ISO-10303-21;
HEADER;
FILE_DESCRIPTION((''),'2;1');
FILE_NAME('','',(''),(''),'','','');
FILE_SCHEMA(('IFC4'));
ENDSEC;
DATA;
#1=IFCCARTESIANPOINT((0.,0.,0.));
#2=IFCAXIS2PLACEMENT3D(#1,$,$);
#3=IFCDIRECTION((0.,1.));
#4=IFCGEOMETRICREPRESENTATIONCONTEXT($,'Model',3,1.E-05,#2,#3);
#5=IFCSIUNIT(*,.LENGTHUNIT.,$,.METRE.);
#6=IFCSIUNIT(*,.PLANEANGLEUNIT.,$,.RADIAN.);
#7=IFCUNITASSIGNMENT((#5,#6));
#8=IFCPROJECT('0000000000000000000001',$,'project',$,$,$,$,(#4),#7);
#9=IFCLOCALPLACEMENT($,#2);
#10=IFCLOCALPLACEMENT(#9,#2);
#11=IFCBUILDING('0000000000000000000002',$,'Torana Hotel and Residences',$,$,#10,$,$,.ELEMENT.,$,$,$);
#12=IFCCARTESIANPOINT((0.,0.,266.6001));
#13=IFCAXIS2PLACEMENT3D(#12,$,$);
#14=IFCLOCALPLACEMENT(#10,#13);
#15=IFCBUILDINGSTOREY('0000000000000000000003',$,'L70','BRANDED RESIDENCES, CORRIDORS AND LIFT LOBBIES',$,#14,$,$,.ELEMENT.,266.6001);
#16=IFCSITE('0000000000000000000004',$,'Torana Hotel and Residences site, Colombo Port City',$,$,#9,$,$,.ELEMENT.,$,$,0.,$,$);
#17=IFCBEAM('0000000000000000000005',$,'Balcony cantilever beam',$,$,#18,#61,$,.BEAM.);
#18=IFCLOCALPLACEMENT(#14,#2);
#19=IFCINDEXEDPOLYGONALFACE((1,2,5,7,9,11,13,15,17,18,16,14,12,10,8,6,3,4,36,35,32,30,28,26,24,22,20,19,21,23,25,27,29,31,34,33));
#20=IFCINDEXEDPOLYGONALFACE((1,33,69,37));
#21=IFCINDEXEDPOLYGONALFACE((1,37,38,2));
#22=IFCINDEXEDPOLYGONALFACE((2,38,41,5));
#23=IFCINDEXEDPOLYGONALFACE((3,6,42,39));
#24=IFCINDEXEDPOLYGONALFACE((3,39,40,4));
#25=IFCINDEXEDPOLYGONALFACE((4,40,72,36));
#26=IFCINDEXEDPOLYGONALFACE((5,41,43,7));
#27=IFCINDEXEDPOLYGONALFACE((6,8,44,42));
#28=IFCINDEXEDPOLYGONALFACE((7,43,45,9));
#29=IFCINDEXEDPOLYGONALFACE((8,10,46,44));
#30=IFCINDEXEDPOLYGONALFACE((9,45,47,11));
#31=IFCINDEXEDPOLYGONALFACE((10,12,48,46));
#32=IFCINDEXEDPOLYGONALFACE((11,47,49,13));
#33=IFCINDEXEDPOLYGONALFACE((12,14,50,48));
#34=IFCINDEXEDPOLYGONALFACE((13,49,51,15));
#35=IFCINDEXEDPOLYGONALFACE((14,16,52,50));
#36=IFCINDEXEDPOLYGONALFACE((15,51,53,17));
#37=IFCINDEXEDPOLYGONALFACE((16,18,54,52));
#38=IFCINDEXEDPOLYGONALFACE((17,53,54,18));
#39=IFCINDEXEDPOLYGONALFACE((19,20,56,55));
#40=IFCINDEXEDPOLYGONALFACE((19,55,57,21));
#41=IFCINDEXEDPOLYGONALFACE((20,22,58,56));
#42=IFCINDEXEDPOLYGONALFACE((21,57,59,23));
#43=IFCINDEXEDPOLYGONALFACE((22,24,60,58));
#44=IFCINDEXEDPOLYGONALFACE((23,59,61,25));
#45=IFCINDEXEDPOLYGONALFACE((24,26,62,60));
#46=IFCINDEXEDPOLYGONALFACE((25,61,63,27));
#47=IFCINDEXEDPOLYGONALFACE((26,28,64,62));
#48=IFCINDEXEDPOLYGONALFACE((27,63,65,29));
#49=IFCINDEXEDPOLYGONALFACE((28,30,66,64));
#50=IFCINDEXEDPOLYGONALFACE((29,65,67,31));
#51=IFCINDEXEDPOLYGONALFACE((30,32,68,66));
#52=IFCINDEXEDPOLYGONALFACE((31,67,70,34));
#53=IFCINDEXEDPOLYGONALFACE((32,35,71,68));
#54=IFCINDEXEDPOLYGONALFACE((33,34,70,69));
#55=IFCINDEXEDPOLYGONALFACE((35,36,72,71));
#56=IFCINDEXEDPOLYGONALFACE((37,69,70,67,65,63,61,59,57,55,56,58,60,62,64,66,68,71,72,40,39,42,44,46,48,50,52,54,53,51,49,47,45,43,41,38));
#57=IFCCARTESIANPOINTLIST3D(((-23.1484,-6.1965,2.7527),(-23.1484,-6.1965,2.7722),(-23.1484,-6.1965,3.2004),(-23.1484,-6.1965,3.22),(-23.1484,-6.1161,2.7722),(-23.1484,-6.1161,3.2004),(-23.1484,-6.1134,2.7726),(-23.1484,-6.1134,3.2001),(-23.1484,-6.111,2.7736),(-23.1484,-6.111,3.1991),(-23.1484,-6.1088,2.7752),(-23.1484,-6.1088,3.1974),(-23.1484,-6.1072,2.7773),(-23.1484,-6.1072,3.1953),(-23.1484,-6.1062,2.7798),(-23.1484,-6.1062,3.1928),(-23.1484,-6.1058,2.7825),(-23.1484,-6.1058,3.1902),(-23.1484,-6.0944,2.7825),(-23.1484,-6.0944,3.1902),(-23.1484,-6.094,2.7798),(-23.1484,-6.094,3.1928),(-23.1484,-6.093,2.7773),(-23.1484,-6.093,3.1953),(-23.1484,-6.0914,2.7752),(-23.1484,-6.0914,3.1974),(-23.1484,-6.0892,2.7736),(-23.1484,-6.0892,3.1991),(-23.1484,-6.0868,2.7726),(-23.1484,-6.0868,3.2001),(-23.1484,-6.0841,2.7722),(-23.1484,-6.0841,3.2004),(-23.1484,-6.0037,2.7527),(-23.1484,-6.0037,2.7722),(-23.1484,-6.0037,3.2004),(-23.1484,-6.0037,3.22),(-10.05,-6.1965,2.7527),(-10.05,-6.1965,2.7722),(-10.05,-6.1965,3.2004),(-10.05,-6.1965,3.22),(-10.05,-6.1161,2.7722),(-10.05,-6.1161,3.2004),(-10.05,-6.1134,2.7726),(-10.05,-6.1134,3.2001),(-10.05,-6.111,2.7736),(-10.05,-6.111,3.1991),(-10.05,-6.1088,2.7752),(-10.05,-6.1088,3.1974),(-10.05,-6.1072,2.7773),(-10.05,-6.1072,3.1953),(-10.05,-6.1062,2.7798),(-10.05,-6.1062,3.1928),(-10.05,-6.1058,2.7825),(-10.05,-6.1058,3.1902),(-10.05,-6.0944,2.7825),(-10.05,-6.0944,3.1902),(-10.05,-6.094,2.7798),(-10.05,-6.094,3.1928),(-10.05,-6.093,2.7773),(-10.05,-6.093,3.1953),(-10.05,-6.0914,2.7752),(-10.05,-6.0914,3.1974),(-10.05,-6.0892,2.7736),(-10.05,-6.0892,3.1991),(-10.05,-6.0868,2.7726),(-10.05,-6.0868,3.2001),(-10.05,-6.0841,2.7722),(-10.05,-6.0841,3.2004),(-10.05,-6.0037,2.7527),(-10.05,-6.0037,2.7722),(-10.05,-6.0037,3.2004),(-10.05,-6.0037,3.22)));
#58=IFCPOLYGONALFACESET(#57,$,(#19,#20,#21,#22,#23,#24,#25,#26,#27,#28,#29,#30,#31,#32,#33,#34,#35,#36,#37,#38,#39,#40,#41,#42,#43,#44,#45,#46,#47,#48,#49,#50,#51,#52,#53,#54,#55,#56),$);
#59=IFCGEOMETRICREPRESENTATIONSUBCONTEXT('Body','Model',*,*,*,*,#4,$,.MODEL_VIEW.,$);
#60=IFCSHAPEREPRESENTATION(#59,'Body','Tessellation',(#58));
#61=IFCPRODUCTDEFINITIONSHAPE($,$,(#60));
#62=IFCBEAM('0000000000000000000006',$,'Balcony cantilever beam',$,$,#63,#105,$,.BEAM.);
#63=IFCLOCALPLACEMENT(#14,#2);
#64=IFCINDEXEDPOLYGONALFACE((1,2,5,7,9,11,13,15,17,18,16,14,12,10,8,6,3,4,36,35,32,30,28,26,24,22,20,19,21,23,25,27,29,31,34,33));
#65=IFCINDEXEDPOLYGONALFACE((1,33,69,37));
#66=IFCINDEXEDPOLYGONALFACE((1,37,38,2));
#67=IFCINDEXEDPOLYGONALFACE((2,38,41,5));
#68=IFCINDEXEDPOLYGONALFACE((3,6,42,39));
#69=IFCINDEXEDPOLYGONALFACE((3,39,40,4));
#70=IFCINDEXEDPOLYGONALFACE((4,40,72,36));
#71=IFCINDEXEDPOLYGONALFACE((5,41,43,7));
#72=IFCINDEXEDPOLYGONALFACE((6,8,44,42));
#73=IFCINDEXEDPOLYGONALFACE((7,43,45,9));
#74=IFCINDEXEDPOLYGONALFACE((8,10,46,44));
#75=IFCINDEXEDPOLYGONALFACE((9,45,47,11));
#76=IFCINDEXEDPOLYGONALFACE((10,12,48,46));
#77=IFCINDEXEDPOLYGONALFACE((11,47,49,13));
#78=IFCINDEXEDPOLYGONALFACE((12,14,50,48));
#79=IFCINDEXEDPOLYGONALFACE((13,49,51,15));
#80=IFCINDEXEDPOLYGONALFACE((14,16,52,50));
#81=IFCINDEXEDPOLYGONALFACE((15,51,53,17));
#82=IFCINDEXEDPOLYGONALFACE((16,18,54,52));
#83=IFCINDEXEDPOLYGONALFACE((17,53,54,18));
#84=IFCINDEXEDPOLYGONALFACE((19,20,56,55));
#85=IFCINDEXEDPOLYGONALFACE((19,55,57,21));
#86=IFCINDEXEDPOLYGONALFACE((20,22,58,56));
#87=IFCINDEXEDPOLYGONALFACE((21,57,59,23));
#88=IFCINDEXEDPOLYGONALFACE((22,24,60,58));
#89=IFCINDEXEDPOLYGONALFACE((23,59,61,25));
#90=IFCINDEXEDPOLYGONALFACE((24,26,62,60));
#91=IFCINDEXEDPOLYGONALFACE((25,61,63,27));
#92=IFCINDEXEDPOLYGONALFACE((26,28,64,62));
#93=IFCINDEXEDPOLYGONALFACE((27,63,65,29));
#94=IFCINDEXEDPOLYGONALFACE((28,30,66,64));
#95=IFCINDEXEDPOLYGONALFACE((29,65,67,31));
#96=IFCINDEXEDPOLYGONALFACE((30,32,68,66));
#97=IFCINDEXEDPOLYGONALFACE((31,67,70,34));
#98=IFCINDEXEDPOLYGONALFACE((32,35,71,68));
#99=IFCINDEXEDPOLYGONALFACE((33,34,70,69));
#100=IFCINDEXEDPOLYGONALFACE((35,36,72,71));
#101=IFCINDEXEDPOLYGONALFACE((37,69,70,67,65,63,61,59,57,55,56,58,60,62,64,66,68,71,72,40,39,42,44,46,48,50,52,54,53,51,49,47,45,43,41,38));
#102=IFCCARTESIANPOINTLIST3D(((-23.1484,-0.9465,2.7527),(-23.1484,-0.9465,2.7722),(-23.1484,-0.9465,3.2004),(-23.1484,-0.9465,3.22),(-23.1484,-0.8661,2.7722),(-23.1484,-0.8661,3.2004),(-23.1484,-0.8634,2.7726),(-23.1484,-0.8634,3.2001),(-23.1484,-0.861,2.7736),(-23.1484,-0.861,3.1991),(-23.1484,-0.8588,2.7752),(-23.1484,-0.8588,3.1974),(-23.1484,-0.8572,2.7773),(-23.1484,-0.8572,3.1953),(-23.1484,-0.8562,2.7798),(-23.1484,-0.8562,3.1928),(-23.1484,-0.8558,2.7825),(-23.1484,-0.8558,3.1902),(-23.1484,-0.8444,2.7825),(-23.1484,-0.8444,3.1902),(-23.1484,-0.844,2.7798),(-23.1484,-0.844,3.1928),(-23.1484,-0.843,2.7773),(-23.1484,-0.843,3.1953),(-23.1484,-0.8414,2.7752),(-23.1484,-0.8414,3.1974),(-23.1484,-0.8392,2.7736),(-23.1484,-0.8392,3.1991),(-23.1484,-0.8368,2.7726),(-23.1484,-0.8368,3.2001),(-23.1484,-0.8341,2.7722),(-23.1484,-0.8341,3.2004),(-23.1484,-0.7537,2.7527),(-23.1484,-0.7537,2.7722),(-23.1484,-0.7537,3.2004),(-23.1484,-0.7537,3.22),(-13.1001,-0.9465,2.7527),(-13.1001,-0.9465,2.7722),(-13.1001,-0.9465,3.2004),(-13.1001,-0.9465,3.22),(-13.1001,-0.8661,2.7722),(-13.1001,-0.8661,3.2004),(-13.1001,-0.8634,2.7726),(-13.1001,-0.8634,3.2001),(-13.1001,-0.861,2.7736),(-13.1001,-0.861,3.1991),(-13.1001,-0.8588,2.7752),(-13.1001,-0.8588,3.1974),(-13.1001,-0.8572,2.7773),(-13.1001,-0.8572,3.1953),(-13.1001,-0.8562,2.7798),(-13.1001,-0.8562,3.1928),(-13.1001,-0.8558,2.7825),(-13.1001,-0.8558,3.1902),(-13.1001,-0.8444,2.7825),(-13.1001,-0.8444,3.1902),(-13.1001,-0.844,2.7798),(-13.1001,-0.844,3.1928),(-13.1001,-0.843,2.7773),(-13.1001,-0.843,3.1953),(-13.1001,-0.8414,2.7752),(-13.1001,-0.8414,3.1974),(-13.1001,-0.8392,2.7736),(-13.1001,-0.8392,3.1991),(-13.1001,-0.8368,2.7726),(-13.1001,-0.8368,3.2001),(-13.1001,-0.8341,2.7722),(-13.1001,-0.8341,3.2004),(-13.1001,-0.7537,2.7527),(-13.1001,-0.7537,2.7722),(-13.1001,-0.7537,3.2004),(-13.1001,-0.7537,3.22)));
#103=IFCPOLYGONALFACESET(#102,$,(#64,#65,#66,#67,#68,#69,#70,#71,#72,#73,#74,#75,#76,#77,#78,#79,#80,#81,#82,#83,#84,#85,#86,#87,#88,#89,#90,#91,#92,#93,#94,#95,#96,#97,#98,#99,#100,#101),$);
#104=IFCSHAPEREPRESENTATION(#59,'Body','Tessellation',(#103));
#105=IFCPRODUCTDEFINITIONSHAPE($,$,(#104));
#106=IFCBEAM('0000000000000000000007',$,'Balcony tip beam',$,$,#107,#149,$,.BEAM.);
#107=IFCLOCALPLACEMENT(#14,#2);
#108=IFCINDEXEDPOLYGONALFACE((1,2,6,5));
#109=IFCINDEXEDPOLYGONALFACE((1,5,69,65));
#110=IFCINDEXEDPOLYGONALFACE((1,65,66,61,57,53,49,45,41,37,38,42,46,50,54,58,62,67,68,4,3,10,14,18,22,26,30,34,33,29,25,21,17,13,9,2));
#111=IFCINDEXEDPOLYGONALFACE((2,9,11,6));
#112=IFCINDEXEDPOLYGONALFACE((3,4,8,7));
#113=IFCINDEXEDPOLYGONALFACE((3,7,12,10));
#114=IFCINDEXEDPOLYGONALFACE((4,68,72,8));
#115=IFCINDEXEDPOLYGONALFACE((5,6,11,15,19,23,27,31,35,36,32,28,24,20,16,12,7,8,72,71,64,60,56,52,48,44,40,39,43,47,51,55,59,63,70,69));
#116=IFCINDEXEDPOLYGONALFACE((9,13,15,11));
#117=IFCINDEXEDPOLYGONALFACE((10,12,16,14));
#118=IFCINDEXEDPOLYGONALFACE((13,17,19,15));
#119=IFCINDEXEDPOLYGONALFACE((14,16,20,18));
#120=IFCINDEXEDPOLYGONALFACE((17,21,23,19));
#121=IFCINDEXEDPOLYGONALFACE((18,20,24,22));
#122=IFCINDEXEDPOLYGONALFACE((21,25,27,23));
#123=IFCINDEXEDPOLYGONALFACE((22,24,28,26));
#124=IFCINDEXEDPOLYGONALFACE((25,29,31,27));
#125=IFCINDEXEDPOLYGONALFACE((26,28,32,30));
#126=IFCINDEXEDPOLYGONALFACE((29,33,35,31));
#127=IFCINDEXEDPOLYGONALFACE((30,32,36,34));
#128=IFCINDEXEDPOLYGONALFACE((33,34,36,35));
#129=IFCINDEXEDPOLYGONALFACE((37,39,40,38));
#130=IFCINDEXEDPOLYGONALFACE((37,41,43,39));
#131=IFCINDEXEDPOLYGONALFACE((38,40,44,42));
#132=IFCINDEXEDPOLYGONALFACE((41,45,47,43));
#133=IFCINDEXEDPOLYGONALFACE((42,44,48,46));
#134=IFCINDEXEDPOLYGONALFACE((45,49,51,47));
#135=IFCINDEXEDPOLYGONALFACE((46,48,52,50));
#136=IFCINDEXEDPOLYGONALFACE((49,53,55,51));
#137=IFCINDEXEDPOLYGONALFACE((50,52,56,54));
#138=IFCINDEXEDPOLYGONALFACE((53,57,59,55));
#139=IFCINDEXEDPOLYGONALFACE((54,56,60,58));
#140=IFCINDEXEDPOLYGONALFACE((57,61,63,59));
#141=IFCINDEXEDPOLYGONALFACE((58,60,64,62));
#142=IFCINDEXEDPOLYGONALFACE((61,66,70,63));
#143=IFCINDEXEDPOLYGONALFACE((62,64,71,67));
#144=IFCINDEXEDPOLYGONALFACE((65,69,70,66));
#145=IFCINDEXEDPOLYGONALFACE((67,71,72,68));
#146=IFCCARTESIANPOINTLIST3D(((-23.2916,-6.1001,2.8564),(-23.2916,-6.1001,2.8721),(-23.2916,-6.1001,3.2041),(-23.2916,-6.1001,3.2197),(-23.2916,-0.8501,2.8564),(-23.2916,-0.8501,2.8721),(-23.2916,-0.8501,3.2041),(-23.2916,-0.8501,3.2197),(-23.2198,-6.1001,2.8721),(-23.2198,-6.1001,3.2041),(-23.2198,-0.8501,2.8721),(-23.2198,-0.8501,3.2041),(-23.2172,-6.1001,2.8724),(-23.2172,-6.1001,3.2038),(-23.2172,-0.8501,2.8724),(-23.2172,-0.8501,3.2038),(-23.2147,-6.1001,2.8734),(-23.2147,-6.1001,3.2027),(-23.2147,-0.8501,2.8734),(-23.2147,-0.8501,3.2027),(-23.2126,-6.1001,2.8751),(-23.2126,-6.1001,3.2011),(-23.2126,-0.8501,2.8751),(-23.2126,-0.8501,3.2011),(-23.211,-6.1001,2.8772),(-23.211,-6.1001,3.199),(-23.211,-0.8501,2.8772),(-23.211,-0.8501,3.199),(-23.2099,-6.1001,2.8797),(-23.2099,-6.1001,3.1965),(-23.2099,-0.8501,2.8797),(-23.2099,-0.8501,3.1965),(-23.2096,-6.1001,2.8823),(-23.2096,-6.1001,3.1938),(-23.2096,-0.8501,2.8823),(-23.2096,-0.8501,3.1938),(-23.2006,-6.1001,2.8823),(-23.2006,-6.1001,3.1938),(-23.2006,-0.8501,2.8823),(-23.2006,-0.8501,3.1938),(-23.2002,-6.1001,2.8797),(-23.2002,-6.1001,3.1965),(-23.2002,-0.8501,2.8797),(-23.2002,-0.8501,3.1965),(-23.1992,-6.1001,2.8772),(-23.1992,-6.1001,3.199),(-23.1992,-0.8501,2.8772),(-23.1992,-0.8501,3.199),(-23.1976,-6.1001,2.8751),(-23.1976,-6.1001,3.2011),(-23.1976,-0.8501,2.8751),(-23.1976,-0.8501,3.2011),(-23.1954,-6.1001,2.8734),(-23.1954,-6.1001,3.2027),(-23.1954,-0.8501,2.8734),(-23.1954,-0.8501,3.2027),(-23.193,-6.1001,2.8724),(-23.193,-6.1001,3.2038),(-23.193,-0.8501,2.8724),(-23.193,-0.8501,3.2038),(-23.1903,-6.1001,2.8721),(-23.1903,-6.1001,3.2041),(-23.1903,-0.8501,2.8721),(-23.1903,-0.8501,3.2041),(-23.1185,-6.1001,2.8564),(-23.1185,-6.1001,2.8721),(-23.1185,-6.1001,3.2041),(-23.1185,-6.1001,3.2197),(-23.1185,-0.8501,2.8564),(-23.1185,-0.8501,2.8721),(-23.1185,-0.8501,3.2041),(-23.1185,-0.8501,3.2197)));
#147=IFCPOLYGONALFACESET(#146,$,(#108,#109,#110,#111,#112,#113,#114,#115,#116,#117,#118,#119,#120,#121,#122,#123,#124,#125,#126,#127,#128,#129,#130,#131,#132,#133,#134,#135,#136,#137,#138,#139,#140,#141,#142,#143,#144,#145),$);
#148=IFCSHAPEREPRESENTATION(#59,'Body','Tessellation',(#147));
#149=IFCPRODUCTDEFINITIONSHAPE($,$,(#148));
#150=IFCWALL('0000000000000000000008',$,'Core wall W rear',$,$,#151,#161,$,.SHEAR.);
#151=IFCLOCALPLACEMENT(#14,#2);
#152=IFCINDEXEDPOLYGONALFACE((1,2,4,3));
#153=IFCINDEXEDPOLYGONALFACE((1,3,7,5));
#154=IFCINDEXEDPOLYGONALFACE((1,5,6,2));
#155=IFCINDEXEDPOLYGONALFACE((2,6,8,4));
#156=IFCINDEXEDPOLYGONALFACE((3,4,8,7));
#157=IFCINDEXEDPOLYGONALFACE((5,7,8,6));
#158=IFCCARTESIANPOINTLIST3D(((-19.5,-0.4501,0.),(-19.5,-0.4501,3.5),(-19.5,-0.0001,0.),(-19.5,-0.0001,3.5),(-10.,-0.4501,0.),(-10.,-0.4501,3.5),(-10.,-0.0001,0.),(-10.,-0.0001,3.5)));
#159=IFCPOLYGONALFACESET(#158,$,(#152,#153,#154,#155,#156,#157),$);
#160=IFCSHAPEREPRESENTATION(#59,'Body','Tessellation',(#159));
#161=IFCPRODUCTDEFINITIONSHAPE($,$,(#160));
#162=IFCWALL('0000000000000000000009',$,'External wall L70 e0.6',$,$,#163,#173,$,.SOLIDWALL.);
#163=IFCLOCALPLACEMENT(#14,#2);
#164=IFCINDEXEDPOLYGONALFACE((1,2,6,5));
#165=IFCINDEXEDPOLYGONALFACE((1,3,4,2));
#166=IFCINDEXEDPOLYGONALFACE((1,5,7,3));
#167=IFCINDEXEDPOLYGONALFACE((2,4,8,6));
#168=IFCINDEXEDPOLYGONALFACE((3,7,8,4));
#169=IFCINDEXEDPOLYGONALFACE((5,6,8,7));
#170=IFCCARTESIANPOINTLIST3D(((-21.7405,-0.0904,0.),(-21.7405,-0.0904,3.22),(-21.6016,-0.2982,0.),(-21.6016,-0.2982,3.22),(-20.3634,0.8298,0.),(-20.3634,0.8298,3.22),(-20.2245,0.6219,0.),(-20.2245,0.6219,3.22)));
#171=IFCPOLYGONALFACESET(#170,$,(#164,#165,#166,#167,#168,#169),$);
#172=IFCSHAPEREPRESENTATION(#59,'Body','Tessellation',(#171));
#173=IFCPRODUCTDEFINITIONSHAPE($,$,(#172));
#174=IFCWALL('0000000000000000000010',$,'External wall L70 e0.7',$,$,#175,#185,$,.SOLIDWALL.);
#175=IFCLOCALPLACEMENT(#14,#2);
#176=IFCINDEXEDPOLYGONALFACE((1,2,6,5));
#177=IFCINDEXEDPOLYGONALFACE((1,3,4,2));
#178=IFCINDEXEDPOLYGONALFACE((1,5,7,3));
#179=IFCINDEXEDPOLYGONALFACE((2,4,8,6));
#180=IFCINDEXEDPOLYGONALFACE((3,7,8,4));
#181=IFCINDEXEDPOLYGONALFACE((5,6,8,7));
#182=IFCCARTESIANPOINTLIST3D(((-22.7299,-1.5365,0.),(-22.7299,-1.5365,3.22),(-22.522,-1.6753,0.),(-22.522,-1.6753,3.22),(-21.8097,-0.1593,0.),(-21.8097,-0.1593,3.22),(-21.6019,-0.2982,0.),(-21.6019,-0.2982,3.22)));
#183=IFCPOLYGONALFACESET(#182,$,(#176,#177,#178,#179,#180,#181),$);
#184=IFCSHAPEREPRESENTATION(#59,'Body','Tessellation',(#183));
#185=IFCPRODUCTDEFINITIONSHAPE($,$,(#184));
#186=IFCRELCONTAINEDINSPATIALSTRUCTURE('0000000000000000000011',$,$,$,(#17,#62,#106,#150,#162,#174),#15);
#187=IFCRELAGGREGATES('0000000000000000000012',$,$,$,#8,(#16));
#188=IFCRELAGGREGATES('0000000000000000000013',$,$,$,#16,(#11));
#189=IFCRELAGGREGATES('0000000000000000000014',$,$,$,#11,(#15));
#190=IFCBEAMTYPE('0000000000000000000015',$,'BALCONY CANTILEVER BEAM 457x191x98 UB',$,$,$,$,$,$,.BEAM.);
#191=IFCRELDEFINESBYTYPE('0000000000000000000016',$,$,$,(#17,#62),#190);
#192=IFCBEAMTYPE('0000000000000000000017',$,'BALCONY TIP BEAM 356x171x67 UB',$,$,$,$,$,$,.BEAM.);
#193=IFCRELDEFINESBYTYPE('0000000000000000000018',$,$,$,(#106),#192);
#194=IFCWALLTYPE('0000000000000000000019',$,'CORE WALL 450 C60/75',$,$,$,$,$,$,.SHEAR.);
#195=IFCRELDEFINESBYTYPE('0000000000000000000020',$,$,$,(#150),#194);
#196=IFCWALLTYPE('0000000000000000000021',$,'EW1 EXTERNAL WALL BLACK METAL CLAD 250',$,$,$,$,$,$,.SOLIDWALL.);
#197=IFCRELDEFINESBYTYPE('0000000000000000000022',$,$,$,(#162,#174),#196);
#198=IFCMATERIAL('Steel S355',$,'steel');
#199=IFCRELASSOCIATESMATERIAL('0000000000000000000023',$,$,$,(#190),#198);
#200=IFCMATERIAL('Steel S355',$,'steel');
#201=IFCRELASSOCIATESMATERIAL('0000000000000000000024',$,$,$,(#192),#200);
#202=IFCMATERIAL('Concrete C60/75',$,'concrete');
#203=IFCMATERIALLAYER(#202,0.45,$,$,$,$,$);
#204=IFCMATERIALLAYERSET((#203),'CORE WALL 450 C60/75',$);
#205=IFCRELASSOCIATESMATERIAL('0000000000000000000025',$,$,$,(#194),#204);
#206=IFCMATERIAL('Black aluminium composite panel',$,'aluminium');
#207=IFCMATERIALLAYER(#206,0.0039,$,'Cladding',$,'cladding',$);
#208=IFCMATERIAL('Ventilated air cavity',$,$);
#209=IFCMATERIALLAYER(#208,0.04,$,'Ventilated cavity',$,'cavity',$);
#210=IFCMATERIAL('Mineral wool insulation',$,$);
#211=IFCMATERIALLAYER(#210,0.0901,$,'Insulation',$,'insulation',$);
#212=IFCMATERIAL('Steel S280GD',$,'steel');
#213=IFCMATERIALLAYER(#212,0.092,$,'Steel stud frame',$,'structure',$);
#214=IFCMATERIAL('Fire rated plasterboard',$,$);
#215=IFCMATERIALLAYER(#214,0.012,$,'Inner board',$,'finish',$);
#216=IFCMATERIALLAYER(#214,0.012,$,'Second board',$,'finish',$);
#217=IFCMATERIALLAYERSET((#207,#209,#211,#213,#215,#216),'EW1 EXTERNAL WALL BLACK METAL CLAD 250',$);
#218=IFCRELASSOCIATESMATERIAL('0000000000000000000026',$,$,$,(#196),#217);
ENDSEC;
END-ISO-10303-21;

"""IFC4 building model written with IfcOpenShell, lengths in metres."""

from ifc_helpers import new_model, si_unit, direction, frame, frame_2d, origin, origin_2d, place, context, subcontext, project, spatial, rectangle, i_section, extrude, material, layer, layer_set, material_profile, profile_set, type_object, element, save


model = new_model("IFC4")

# Units and contexts
model_context = context("Model", 3, precision=1e-05, world=origin(), true_north=direction((0.0, 1.0)))
body_context = subcontext(model_context, "Body", "Model", "MODEL_VIEW")
ifc_project = project(units=[si_unit("LENGTHUNIT", "METRE"), si_unit("PLANEANGLEUNIT", "RADIAN")], contexts=[model_context])

# Site, building, storey
site_placement = place(None, origin())
site = spatial("IfcSite", under=ifc_project, at=site_placement, Name="Torana Hotel and Residences site, Colombo Port City", CompositionType="ELEMENT", RefElevation=0.0)
building_placement = place(site_placement, origin())
building = spatial("IfcBuilding", under=site, at=building_placement, Name="Torana Hotel and Residences", CompositionType="ELEMENT")
storey_placement = place(building_placement, frame((0.0, 0.0, 266.6001)))
storey = spatial("IfcBuildingStorey", under=building, at=storey_placement, Name="L70", Description="BRANDED RESIDENCES, CORRIDORS AND LIFT LOBBIES", CompositionType="ELEMENT", Elevation=266.6001)

# Beams
ifc_material_1 = material(Name="Steel S355", Category="steel")
ifc_material_profile_1 = material_profile(ifc_material_1, i_section(OverallWidth=0.1929, OverallDepth=0.4673, WebThickness=0.0115, FlangeThickness=0.0195, FilletRadius=0.0103, at=origin_2d()), Name="457x191x98 UB")
ifc_profile_set_1 = profile_set([ifc_material_profile_1], Name="Steel S355")
beam_type_1 = type_object("IfcBeamType", Name="BALCONY CANTILEVER BEAM 457x191x98 UB", PredefinedType="BEAM", material=ifc_profile_set_1)
beam_1_placement = place(storey_placement, frame((-23.1484, -6.1001, 2.9863), z_axis=(1.0, 0.0, 0.0), x_axis=(0.0, 1.0, 0.0)))
element("IfcBeam", 1, at=beam_1_placement, inside=storey, type_object=beam_type_1, Name="Balcony cantilever beam", PredefinedType="BEAM", context=body_context, shape_type="SweptSolid", body=[
    extrude(i_section(OverallWidth=0.1929, OverallDepth=0.4673, WebThickness=0.0115, FlangeThickness=0.0195, FilletRadius=0.0103, at=origin_2d()), origin(), (0.0, 0.0, 1.0), 13.0984),
])
beam_2_placement = place(storey_placement, frame((-23.1484, -0.8501, 2.9863), z_axis=(1.0, 0.0, 0.0), x_axis=(0.0, 1.0, 0.0)))
element("IfcBeam", 2, at=beam_2_placement, inside=storey, type_object=beam_type_1, Name="Balcony cantilever beam", PredefinedType="BEAM", context=body_context, shape_type="SweptSolid", body=[
    extrude(i_section(OverallWidth=0.1929, OverallDepth=0.4673, WebThickness=0.0115, FlangeThickness=0.0195, FilletRadius=0.0103, at=origin_2d()), origin(), (0.0, 0.0, 1.0), 10.0483),
])
ifc_material_2 = material(Name="Steel S355", Category="steel")
ifc_material_profile_2 = material_profile(ifc_material_2, i_section(OverallWidth=0.1731, OverallDepth=0.3633, WebThickness=0.009, FlangeThickness=0.0156, FilletRadius=0.0103, at=origin_2d()), Name="356x171x67 UB")
ifc_profile_set_2 = profile_set([ifc_material_profile_2], Name="Steel S355")
beam_type_2 = type_object("IfcBeamType", Name="BALCONY TIP BEAM 356x171x67 UB", PredefinedType="BEAM", material=ifc_profile_set_2)
beam_3_placement = place(storey_placement, frame((-23.2051, -6.1001, 3.0381), z_axis=(0.0, 1.0, 0.0), x_axis=(-1.0, 0.0, 0.0)))
element("IfcBeam", 3, at=beam_3_placement, inside=storey, type_object=beam_type_2, Name="Balcony tip beam", PredefinedType="BEAM", context=body_context, shape_type="SweptSolid", body=[
    extrude(i_section(OverallWidth=0.1731, OverallDepth=0.3633, WebThickness=0.009, FlangeThickness=0.0156, FilletRadius=0.0103, at=origin_2d()), origin(), (0.0, 0.0, 1.0), 5.25),
])

# Walls
ifc_material_3 = material(Name="Concrete C60/75", Category="concrete")
ifc_layer_1 = layer(ifc_material_3, 0.45)
ifc_layer_set_1 = layer_set([ifc_layer_1], Name="CORE WALL 450 C60/75")
wall_type_1 = type_object("IfcWallType", Name="CORE WALL 450 C60/75", PredefinedType="SHEAR", material=ifc_layer_set_1)
wall_1_placement = place(storey_placement, frame((-19.5, -0.2251, 0.0), z_axis=(0.0, 0.0, 1.0), x_axis=(1.0, 0.0, 0.0)))
element("IfcWall", 4, at=wall_1_placement, inside=storey, type_object=wall_type_1, Name="Core wall W rear", PredefinedType="SHEAR", context=body_context, shape_type="SweptSolid", body=[
    extrude(rectangle(XDim=9.5, YDim=0.45, at=frame_2d((4.75, 0.0))), origin(), (0.0, 0.0, 1.0), 3.5),
])
ifc_material_4 = material(Name="Black aluminium composite panel", Category="aluminium")
ifc_layer_2 = layer(ifc_material_4, 0.0039, Name="Cladding", Category="cladding")
ifc_material_5 = material(Name="Ventilated air cavity")
ifc_layer_3 = layer(ifc_material_5, 0.04, Name="Ventilated cavity", Category="cavity")
ifc_material_6 = material(Name="Mineral wool insulation")
ifc_layer_4 = layer(ifc_material_6, 0.0901, Name="Insulation", Category="insulation")
ifc_material_7 = material(Name="Steel S280GD", Category="steel")
ifc_layer_5 = layer(ifc_material_7, 0.092, Name="Steel stud frame", Category="structure")
ifc_material_8 = material(Name="Fire rated plasterboard")
ifc_layer_6 = layer(ifc_material_8, 0.012, Name="Inner board", Category="finish")
ifc_layer_7 = layer(ifc_material_8, 0.012, Name="Second board", Category="finish")
ifc_layer_set_2 = layer_set([ifc_layer_2, ifc_layer_3, ifc_layer_4, ifc_layer_5, ifc_layer_6, ifc_layer_7], Name="EW1 EXTERNAL WALL BLACK METAL CLAD 250")
wall_type_2 = type_object("IfcWallType", Name="EW1 EXTERNAL WALL BLACK METAL CLAD 250", PredefinedType="SOLIDWALL", material=ifc_layer_set_2)
for number, where, z_axis, x_axis, name in (
    (5, (-20.2939, 0.7258, 0.0), (0.0, 0.0, 1.0), (-0.831483, -0.55555, 0.0), "External wall L70 e0.6"),
    (6, (-21.7058, -0.2288, 0.0), (0.0, 0.0, 1.0), (-0.55555, -0.831483, 0.0), "External wall L70 e0.7"),
):
    element("IfcWall", number, at=place(storey_placement, frame(where, z_axis=z_axis, x_axis=x_axis)), inside=storey, type_object=wall_type_2, Name=name, PredefinedType="SOLIDWALL", context=body_context, shape_type="SweptSolid", body=[
        extrude(rectangle(XDim=1.6562, YDim=0.25, at=frame_2d((0.8281, 0.0))), origin(), (0.0, 0.0, 1.0), 3.22),
    ])

save(model, "model.ifc")
